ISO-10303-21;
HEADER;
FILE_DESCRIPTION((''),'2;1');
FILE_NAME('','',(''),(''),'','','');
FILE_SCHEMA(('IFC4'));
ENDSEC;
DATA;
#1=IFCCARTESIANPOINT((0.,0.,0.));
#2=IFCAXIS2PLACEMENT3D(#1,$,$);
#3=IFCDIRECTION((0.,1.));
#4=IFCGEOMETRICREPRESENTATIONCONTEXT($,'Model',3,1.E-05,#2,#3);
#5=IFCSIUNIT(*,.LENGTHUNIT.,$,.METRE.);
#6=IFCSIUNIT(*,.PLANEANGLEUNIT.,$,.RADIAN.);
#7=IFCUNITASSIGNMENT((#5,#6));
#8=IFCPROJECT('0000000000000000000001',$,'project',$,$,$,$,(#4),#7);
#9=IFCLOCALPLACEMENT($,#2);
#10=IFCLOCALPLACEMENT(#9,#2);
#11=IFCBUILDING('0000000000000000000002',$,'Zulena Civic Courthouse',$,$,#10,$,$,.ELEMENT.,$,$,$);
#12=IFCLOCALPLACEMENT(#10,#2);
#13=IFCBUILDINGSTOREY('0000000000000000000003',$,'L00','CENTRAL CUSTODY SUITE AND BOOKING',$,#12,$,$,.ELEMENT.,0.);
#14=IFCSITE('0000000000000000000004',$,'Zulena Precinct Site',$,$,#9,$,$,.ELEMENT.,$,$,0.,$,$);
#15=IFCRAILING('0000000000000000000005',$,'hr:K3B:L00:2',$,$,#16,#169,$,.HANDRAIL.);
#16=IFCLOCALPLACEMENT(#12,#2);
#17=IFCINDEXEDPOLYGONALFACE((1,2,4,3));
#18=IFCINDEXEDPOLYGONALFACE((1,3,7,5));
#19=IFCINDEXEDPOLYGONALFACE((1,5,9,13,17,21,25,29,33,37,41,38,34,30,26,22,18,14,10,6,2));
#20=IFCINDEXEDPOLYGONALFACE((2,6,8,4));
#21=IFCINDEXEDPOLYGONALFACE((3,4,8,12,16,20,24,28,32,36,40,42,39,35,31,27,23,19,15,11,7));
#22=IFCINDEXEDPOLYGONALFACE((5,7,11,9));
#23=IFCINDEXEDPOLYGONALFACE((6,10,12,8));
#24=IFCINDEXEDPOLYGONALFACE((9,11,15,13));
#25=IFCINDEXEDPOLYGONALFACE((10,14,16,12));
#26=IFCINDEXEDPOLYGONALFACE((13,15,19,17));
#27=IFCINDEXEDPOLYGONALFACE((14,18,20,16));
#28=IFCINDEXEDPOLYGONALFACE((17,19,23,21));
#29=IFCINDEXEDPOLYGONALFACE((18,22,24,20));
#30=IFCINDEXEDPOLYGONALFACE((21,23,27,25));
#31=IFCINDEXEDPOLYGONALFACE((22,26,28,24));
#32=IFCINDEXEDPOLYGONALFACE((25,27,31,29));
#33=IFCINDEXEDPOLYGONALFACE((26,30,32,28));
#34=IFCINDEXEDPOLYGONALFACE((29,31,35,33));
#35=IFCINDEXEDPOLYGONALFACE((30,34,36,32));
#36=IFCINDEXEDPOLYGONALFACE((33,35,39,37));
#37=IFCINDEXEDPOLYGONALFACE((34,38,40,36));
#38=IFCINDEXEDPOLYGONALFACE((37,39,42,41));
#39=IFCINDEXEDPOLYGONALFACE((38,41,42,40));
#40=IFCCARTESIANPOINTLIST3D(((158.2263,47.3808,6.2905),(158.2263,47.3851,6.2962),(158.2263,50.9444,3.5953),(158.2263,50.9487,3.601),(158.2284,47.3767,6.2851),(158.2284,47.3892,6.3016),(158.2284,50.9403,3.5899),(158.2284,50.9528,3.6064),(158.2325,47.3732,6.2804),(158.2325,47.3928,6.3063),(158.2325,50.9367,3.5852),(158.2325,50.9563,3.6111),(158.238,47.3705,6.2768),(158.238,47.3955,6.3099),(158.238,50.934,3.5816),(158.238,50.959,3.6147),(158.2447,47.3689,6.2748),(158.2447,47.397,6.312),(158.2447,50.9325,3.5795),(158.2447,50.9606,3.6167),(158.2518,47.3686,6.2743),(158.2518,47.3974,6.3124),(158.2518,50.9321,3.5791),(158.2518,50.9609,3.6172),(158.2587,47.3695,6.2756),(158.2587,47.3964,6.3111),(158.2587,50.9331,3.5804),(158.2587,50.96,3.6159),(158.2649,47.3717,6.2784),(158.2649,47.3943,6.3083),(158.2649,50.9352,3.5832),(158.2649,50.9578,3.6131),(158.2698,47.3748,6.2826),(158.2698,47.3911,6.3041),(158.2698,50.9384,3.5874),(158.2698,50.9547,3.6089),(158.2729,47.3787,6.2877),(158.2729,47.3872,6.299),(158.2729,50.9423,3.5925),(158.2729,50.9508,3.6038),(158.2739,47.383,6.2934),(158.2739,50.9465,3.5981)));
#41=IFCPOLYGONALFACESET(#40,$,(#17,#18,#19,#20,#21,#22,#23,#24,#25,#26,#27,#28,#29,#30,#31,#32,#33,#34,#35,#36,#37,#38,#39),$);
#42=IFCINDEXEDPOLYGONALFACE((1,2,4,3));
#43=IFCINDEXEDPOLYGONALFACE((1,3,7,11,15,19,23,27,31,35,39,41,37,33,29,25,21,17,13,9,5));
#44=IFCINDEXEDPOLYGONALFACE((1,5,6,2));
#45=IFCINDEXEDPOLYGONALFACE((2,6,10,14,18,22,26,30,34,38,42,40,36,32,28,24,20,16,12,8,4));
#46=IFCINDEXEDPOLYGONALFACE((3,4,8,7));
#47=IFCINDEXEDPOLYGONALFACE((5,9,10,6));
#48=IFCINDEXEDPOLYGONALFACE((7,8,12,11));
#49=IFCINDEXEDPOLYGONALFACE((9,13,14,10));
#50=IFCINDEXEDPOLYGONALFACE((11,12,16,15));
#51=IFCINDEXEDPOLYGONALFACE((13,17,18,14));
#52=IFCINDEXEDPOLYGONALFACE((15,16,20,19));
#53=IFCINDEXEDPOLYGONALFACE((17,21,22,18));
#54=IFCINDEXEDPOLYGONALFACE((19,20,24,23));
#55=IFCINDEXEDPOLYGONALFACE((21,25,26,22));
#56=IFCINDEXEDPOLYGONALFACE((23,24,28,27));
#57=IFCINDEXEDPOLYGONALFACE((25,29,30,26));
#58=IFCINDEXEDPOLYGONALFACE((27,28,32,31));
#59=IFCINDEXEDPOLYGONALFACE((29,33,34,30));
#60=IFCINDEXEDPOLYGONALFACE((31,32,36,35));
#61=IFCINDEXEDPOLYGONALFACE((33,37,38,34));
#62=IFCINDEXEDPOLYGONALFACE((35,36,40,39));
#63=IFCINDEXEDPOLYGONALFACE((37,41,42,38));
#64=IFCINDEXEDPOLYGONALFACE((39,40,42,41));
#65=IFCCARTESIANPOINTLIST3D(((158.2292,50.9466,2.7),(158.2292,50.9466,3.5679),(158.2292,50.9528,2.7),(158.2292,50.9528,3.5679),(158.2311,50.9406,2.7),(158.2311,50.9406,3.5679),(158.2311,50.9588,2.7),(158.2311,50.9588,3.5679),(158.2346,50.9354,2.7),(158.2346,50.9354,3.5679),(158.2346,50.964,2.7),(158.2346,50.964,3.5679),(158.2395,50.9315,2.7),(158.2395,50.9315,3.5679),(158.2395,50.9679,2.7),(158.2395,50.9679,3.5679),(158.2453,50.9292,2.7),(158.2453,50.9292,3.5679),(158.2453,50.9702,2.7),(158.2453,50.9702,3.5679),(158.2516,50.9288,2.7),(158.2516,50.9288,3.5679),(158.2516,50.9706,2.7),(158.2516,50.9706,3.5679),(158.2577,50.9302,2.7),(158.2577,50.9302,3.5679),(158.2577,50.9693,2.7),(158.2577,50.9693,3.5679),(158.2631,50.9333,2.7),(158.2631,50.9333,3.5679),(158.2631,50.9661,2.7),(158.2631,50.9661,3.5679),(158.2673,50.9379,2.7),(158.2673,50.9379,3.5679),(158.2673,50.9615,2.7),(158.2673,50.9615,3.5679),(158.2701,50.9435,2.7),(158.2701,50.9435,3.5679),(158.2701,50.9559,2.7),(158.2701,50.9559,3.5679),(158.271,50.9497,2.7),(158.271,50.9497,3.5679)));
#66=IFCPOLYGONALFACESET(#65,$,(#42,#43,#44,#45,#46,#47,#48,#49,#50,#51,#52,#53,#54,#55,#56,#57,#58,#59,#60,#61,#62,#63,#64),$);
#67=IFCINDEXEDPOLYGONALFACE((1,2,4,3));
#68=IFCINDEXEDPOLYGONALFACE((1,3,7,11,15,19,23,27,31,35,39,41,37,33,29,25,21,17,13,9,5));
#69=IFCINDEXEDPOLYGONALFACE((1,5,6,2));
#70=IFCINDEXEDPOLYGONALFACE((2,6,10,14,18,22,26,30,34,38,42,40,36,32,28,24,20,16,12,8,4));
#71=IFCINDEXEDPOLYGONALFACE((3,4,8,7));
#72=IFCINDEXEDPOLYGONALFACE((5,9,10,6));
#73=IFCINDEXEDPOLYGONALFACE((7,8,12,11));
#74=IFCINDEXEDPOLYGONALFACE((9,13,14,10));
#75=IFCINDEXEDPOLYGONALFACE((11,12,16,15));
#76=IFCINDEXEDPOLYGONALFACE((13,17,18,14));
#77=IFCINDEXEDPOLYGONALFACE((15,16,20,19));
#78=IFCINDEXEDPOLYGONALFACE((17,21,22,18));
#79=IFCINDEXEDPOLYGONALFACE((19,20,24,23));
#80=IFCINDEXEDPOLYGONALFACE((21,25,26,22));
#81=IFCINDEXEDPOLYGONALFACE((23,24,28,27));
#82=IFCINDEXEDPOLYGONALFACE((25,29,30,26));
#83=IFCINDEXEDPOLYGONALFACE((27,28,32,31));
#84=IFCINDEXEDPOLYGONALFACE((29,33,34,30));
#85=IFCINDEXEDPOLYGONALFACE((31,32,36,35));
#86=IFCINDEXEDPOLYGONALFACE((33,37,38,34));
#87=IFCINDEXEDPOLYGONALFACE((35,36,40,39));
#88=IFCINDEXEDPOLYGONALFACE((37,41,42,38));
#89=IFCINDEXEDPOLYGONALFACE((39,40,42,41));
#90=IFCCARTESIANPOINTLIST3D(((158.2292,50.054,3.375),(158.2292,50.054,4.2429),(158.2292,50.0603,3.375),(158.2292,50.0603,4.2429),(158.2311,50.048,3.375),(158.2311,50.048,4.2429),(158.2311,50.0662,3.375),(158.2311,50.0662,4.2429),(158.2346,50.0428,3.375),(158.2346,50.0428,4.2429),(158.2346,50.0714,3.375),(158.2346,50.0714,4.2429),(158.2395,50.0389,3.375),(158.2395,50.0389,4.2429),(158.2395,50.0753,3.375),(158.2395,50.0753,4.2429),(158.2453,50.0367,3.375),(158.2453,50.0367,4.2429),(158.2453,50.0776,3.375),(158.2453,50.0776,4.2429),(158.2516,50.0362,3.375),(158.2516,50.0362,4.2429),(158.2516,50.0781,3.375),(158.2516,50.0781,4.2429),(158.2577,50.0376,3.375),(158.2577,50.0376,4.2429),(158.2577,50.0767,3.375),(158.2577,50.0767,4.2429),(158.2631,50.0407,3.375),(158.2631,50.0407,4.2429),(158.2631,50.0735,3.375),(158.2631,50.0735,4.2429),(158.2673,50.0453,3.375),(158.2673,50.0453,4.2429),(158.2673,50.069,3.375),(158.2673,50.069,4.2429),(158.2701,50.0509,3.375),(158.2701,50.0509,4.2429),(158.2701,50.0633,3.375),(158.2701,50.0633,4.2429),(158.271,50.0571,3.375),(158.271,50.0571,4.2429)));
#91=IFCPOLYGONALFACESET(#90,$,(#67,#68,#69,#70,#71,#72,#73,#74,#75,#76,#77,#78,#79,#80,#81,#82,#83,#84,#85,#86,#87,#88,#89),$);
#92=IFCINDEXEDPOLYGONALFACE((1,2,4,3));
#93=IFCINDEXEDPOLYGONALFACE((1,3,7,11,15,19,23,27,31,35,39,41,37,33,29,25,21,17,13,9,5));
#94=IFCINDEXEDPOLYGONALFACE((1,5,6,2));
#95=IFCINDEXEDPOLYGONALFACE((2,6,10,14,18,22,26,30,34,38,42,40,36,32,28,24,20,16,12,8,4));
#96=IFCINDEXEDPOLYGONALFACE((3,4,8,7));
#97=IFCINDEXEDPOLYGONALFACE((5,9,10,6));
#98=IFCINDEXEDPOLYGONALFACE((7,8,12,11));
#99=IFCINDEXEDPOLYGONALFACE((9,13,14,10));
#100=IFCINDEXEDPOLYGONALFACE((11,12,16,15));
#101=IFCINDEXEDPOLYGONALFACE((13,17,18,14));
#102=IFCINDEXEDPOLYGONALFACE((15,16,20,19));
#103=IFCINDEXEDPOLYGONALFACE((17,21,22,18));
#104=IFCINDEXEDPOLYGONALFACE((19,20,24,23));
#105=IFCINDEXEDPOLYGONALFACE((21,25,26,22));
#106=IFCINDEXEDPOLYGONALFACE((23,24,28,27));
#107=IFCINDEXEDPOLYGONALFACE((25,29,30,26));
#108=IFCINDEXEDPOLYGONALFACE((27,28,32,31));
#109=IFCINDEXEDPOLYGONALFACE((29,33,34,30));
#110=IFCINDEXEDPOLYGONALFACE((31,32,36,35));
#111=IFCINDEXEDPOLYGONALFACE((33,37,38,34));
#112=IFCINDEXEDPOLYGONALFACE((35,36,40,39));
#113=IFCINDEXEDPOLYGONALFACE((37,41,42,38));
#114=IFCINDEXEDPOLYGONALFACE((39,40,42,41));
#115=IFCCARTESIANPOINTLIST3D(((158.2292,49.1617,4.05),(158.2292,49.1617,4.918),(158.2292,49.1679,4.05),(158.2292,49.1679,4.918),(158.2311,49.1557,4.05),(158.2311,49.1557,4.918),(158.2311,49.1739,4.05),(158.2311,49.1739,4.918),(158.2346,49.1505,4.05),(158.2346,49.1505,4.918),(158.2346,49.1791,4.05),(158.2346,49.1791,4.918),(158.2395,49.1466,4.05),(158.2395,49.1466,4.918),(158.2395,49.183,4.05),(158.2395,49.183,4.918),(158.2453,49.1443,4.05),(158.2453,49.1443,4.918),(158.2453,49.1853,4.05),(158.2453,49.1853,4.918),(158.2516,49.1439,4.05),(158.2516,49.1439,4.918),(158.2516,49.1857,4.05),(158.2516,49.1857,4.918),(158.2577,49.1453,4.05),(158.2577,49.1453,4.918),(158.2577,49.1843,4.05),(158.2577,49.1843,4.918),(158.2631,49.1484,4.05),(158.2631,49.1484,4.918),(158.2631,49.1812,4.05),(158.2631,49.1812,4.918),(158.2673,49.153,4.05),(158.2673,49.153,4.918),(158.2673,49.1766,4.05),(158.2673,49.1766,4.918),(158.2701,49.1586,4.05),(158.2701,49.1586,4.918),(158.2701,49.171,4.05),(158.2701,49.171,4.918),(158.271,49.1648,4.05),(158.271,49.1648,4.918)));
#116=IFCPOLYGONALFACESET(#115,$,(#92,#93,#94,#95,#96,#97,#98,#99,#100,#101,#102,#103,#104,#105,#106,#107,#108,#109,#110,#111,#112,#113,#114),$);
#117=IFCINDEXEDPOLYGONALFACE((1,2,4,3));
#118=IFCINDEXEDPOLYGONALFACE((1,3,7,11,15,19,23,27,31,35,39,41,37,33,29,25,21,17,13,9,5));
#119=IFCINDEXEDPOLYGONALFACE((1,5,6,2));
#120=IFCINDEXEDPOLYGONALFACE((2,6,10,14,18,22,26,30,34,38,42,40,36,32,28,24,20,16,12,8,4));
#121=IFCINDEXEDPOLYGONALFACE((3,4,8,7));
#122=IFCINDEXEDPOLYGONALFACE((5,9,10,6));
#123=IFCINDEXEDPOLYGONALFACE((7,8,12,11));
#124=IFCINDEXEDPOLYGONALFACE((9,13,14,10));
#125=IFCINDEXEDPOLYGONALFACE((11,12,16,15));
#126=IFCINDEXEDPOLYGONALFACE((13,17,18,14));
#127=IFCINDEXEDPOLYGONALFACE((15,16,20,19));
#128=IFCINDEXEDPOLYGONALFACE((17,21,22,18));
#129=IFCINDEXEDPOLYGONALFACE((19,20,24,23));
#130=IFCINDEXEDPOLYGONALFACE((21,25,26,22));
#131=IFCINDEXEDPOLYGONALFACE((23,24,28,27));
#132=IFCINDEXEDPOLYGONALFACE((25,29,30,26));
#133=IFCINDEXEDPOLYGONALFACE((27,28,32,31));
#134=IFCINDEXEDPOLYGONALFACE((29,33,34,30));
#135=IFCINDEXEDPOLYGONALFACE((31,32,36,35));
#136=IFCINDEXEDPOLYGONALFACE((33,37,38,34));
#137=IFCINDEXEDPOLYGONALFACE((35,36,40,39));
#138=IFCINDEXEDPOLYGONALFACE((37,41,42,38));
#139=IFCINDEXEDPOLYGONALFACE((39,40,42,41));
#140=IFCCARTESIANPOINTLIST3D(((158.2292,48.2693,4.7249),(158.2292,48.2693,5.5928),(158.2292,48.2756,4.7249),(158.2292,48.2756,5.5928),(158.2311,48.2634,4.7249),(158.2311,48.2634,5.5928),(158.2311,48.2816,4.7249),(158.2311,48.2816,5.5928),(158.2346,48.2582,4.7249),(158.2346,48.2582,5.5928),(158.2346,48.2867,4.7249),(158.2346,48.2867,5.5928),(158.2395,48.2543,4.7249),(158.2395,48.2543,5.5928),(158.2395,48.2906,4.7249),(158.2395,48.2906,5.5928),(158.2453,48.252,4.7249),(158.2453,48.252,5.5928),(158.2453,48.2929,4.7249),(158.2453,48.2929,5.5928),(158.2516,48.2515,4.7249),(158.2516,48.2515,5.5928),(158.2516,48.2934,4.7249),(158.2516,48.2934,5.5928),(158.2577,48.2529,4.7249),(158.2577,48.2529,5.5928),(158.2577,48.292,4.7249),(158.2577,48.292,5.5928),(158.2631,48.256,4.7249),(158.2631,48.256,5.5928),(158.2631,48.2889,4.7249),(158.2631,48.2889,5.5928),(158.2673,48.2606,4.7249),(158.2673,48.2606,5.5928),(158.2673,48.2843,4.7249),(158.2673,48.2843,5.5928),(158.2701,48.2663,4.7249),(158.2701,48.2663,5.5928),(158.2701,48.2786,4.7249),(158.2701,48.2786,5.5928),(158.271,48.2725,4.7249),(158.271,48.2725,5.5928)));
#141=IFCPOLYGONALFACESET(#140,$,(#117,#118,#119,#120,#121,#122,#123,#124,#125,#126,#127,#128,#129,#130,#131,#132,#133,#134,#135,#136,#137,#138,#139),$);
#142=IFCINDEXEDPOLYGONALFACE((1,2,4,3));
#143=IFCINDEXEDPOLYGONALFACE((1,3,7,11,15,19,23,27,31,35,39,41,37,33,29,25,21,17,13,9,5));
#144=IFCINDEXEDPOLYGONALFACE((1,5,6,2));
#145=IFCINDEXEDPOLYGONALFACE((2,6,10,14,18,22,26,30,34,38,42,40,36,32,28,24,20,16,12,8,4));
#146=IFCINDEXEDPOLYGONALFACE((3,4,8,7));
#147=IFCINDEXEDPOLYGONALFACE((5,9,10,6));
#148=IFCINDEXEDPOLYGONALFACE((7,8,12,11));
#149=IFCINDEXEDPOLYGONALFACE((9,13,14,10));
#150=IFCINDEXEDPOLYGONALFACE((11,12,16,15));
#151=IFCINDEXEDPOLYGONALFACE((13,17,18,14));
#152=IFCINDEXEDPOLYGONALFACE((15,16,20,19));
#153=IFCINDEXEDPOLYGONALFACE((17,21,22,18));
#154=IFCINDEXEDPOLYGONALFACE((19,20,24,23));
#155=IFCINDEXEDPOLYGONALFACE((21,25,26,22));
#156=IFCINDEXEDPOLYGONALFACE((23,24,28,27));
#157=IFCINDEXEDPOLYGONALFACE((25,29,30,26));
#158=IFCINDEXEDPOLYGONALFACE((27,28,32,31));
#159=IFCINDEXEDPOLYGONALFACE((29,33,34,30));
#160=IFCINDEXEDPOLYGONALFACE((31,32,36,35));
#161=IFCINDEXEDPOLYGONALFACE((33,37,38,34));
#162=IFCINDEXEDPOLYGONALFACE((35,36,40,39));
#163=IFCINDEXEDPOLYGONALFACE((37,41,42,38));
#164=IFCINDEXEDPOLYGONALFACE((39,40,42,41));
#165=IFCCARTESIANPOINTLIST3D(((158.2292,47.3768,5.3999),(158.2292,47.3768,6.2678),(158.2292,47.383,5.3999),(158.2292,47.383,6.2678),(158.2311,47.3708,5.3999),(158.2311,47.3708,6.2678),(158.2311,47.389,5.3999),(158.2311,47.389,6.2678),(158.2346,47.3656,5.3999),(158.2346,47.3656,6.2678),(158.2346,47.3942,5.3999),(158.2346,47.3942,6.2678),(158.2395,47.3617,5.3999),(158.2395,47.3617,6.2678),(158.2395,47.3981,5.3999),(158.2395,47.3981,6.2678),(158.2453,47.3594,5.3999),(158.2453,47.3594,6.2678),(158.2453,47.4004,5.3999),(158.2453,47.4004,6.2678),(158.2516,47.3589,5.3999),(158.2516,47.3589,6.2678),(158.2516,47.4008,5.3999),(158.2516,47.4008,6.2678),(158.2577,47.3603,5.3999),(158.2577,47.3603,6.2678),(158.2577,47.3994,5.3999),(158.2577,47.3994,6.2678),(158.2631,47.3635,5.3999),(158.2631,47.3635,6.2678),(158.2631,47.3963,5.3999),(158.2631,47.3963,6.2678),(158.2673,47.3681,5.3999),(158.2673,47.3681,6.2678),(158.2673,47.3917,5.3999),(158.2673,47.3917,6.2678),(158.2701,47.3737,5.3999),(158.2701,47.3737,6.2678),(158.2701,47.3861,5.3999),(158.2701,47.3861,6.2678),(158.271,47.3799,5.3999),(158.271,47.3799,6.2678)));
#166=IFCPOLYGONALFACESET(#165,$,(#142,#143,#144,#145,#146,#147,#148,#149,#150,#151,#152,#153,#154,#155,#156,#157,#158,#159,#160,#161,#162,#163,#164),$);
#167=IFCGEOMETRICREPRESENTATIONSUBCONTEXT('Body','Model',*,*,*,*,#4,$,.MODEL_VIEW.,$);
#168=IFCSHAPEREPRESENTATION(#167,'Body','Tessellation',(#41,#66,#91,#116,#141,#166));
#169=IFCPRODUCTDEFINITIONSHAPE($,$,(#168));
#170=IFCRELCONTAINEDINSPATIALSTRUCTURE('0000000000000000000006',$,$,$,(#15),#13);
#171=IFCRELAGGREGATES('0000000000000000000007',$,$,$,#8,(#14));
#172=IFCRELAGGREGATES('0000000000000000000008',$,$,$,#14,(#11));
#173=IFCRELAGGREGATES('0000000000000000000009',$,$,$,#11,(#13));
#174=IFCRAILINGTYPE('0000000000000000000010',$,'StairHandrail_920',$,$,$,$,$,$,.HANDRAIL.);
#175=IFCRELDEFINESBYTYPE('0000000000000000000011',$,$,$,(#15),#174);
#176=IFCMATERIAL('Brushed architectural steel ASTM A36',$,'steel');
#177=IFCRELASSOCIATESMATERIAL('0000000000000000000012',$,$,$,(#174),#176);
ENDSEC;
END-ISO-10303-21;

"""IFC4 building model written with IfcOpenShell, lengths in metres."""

from ifc_helpers import new_model, si_unit, direction, frame, origin, origin_2d, place, context, subcontext, project, spatial, circle, extrude, material, type_object, element, save


model = new_model("IFC4")

# Units and contexts
model_context = context("Model", 3, precision=1e-05, world=origin(), true_north=direction((0.0, 1.0)))
body_context = subcontext(model_context, "Body", "Model", "MODEL_VIEW")
ifc_project = project(units=[si_unit("LENGTHUNIT", "METRE"), si_unit("PLANEANGLEUNIT", "RADIAN")], contexts=[model_context])

# Site, building, storey
site_placement = place(None, origin())
site = spatial("IfcSite", under=ifc_project, at=site_placement, Name="Zulena Precinct Site", CompositionType="ELEMENT", RefElevation=0.0)
building_placement = place(site_placement, origin())
building = spatial("IfcBuilding", under=site, at=building_placement, Name="Zulena Civic Courthouse", CompositionType="ELEMENT")
storey_placement = place(building_placement, origin())
storey = spatial("IfcBuildingStorey", under=building, at=storey_placement, Name="L00", Description="CENTRAL CUSTODY SUITE AND BOOKING", CompositionType="ELEMENT", Elevation=0.0)

# Railing
ifc_material_1 = material(Name="Brushed architectural steel ASTM A36", Category="steel")
railing_type_1 = type_object("IfcRailingType", Name="StairHandrail_920", PredefinedType="HANDRAIL", material=ifc_material_1)
railing_1_placement = place(storey_placement, frame((158.25, 50.9497, 2.7)))
element("IfcRailing", 1, at=railing_1_placement, inside=storey, type_object=railing_type_1, Name="hr:K3B:L00:2", PredefinedType="HANDRAIL", context=body_context, shape_type="SweptSolid", body=[
    extrude(circle(Radius=0.0239, at=origin_2d()), frame((0.0, -0.0032, 0.8982), z_axis=(0.0, -0.797572, 0.603224), x_axis=(1.0, 0.0, 0.0)), (0.0, 0.0, 1.0), 4.468),
    extrude(circle(Radius=0.021, at=origin_2d()), origin(), (0.0, 0.0, 1.0), 0.8679),
    extrude(circle(Radius=0.021, at=origin_2d()), frame((0.0, -0.8926, 0.675)), (0.0, 0.0, 1.0), 0.8679),
    extrude(circle(Radius=0.021, at=origin_2d()), frame((0.0, -1.7849, 1.3501)), (0.0, 0.0, 1.0), 0.8679),
    extrude(circle(Radius=0.021, at=origin_2d()), frame((0.0, -2.6772, 2.0249)), (0.0, 0.0, 1.0), 0.8679),
    extrude(circle(Radius=0.021, at=origin_2d()), frame((0.0, -3.5698, 2.7)), (0.0, 0.0, 1.0), 0.8679),
])

save(model, "model.ifc")
